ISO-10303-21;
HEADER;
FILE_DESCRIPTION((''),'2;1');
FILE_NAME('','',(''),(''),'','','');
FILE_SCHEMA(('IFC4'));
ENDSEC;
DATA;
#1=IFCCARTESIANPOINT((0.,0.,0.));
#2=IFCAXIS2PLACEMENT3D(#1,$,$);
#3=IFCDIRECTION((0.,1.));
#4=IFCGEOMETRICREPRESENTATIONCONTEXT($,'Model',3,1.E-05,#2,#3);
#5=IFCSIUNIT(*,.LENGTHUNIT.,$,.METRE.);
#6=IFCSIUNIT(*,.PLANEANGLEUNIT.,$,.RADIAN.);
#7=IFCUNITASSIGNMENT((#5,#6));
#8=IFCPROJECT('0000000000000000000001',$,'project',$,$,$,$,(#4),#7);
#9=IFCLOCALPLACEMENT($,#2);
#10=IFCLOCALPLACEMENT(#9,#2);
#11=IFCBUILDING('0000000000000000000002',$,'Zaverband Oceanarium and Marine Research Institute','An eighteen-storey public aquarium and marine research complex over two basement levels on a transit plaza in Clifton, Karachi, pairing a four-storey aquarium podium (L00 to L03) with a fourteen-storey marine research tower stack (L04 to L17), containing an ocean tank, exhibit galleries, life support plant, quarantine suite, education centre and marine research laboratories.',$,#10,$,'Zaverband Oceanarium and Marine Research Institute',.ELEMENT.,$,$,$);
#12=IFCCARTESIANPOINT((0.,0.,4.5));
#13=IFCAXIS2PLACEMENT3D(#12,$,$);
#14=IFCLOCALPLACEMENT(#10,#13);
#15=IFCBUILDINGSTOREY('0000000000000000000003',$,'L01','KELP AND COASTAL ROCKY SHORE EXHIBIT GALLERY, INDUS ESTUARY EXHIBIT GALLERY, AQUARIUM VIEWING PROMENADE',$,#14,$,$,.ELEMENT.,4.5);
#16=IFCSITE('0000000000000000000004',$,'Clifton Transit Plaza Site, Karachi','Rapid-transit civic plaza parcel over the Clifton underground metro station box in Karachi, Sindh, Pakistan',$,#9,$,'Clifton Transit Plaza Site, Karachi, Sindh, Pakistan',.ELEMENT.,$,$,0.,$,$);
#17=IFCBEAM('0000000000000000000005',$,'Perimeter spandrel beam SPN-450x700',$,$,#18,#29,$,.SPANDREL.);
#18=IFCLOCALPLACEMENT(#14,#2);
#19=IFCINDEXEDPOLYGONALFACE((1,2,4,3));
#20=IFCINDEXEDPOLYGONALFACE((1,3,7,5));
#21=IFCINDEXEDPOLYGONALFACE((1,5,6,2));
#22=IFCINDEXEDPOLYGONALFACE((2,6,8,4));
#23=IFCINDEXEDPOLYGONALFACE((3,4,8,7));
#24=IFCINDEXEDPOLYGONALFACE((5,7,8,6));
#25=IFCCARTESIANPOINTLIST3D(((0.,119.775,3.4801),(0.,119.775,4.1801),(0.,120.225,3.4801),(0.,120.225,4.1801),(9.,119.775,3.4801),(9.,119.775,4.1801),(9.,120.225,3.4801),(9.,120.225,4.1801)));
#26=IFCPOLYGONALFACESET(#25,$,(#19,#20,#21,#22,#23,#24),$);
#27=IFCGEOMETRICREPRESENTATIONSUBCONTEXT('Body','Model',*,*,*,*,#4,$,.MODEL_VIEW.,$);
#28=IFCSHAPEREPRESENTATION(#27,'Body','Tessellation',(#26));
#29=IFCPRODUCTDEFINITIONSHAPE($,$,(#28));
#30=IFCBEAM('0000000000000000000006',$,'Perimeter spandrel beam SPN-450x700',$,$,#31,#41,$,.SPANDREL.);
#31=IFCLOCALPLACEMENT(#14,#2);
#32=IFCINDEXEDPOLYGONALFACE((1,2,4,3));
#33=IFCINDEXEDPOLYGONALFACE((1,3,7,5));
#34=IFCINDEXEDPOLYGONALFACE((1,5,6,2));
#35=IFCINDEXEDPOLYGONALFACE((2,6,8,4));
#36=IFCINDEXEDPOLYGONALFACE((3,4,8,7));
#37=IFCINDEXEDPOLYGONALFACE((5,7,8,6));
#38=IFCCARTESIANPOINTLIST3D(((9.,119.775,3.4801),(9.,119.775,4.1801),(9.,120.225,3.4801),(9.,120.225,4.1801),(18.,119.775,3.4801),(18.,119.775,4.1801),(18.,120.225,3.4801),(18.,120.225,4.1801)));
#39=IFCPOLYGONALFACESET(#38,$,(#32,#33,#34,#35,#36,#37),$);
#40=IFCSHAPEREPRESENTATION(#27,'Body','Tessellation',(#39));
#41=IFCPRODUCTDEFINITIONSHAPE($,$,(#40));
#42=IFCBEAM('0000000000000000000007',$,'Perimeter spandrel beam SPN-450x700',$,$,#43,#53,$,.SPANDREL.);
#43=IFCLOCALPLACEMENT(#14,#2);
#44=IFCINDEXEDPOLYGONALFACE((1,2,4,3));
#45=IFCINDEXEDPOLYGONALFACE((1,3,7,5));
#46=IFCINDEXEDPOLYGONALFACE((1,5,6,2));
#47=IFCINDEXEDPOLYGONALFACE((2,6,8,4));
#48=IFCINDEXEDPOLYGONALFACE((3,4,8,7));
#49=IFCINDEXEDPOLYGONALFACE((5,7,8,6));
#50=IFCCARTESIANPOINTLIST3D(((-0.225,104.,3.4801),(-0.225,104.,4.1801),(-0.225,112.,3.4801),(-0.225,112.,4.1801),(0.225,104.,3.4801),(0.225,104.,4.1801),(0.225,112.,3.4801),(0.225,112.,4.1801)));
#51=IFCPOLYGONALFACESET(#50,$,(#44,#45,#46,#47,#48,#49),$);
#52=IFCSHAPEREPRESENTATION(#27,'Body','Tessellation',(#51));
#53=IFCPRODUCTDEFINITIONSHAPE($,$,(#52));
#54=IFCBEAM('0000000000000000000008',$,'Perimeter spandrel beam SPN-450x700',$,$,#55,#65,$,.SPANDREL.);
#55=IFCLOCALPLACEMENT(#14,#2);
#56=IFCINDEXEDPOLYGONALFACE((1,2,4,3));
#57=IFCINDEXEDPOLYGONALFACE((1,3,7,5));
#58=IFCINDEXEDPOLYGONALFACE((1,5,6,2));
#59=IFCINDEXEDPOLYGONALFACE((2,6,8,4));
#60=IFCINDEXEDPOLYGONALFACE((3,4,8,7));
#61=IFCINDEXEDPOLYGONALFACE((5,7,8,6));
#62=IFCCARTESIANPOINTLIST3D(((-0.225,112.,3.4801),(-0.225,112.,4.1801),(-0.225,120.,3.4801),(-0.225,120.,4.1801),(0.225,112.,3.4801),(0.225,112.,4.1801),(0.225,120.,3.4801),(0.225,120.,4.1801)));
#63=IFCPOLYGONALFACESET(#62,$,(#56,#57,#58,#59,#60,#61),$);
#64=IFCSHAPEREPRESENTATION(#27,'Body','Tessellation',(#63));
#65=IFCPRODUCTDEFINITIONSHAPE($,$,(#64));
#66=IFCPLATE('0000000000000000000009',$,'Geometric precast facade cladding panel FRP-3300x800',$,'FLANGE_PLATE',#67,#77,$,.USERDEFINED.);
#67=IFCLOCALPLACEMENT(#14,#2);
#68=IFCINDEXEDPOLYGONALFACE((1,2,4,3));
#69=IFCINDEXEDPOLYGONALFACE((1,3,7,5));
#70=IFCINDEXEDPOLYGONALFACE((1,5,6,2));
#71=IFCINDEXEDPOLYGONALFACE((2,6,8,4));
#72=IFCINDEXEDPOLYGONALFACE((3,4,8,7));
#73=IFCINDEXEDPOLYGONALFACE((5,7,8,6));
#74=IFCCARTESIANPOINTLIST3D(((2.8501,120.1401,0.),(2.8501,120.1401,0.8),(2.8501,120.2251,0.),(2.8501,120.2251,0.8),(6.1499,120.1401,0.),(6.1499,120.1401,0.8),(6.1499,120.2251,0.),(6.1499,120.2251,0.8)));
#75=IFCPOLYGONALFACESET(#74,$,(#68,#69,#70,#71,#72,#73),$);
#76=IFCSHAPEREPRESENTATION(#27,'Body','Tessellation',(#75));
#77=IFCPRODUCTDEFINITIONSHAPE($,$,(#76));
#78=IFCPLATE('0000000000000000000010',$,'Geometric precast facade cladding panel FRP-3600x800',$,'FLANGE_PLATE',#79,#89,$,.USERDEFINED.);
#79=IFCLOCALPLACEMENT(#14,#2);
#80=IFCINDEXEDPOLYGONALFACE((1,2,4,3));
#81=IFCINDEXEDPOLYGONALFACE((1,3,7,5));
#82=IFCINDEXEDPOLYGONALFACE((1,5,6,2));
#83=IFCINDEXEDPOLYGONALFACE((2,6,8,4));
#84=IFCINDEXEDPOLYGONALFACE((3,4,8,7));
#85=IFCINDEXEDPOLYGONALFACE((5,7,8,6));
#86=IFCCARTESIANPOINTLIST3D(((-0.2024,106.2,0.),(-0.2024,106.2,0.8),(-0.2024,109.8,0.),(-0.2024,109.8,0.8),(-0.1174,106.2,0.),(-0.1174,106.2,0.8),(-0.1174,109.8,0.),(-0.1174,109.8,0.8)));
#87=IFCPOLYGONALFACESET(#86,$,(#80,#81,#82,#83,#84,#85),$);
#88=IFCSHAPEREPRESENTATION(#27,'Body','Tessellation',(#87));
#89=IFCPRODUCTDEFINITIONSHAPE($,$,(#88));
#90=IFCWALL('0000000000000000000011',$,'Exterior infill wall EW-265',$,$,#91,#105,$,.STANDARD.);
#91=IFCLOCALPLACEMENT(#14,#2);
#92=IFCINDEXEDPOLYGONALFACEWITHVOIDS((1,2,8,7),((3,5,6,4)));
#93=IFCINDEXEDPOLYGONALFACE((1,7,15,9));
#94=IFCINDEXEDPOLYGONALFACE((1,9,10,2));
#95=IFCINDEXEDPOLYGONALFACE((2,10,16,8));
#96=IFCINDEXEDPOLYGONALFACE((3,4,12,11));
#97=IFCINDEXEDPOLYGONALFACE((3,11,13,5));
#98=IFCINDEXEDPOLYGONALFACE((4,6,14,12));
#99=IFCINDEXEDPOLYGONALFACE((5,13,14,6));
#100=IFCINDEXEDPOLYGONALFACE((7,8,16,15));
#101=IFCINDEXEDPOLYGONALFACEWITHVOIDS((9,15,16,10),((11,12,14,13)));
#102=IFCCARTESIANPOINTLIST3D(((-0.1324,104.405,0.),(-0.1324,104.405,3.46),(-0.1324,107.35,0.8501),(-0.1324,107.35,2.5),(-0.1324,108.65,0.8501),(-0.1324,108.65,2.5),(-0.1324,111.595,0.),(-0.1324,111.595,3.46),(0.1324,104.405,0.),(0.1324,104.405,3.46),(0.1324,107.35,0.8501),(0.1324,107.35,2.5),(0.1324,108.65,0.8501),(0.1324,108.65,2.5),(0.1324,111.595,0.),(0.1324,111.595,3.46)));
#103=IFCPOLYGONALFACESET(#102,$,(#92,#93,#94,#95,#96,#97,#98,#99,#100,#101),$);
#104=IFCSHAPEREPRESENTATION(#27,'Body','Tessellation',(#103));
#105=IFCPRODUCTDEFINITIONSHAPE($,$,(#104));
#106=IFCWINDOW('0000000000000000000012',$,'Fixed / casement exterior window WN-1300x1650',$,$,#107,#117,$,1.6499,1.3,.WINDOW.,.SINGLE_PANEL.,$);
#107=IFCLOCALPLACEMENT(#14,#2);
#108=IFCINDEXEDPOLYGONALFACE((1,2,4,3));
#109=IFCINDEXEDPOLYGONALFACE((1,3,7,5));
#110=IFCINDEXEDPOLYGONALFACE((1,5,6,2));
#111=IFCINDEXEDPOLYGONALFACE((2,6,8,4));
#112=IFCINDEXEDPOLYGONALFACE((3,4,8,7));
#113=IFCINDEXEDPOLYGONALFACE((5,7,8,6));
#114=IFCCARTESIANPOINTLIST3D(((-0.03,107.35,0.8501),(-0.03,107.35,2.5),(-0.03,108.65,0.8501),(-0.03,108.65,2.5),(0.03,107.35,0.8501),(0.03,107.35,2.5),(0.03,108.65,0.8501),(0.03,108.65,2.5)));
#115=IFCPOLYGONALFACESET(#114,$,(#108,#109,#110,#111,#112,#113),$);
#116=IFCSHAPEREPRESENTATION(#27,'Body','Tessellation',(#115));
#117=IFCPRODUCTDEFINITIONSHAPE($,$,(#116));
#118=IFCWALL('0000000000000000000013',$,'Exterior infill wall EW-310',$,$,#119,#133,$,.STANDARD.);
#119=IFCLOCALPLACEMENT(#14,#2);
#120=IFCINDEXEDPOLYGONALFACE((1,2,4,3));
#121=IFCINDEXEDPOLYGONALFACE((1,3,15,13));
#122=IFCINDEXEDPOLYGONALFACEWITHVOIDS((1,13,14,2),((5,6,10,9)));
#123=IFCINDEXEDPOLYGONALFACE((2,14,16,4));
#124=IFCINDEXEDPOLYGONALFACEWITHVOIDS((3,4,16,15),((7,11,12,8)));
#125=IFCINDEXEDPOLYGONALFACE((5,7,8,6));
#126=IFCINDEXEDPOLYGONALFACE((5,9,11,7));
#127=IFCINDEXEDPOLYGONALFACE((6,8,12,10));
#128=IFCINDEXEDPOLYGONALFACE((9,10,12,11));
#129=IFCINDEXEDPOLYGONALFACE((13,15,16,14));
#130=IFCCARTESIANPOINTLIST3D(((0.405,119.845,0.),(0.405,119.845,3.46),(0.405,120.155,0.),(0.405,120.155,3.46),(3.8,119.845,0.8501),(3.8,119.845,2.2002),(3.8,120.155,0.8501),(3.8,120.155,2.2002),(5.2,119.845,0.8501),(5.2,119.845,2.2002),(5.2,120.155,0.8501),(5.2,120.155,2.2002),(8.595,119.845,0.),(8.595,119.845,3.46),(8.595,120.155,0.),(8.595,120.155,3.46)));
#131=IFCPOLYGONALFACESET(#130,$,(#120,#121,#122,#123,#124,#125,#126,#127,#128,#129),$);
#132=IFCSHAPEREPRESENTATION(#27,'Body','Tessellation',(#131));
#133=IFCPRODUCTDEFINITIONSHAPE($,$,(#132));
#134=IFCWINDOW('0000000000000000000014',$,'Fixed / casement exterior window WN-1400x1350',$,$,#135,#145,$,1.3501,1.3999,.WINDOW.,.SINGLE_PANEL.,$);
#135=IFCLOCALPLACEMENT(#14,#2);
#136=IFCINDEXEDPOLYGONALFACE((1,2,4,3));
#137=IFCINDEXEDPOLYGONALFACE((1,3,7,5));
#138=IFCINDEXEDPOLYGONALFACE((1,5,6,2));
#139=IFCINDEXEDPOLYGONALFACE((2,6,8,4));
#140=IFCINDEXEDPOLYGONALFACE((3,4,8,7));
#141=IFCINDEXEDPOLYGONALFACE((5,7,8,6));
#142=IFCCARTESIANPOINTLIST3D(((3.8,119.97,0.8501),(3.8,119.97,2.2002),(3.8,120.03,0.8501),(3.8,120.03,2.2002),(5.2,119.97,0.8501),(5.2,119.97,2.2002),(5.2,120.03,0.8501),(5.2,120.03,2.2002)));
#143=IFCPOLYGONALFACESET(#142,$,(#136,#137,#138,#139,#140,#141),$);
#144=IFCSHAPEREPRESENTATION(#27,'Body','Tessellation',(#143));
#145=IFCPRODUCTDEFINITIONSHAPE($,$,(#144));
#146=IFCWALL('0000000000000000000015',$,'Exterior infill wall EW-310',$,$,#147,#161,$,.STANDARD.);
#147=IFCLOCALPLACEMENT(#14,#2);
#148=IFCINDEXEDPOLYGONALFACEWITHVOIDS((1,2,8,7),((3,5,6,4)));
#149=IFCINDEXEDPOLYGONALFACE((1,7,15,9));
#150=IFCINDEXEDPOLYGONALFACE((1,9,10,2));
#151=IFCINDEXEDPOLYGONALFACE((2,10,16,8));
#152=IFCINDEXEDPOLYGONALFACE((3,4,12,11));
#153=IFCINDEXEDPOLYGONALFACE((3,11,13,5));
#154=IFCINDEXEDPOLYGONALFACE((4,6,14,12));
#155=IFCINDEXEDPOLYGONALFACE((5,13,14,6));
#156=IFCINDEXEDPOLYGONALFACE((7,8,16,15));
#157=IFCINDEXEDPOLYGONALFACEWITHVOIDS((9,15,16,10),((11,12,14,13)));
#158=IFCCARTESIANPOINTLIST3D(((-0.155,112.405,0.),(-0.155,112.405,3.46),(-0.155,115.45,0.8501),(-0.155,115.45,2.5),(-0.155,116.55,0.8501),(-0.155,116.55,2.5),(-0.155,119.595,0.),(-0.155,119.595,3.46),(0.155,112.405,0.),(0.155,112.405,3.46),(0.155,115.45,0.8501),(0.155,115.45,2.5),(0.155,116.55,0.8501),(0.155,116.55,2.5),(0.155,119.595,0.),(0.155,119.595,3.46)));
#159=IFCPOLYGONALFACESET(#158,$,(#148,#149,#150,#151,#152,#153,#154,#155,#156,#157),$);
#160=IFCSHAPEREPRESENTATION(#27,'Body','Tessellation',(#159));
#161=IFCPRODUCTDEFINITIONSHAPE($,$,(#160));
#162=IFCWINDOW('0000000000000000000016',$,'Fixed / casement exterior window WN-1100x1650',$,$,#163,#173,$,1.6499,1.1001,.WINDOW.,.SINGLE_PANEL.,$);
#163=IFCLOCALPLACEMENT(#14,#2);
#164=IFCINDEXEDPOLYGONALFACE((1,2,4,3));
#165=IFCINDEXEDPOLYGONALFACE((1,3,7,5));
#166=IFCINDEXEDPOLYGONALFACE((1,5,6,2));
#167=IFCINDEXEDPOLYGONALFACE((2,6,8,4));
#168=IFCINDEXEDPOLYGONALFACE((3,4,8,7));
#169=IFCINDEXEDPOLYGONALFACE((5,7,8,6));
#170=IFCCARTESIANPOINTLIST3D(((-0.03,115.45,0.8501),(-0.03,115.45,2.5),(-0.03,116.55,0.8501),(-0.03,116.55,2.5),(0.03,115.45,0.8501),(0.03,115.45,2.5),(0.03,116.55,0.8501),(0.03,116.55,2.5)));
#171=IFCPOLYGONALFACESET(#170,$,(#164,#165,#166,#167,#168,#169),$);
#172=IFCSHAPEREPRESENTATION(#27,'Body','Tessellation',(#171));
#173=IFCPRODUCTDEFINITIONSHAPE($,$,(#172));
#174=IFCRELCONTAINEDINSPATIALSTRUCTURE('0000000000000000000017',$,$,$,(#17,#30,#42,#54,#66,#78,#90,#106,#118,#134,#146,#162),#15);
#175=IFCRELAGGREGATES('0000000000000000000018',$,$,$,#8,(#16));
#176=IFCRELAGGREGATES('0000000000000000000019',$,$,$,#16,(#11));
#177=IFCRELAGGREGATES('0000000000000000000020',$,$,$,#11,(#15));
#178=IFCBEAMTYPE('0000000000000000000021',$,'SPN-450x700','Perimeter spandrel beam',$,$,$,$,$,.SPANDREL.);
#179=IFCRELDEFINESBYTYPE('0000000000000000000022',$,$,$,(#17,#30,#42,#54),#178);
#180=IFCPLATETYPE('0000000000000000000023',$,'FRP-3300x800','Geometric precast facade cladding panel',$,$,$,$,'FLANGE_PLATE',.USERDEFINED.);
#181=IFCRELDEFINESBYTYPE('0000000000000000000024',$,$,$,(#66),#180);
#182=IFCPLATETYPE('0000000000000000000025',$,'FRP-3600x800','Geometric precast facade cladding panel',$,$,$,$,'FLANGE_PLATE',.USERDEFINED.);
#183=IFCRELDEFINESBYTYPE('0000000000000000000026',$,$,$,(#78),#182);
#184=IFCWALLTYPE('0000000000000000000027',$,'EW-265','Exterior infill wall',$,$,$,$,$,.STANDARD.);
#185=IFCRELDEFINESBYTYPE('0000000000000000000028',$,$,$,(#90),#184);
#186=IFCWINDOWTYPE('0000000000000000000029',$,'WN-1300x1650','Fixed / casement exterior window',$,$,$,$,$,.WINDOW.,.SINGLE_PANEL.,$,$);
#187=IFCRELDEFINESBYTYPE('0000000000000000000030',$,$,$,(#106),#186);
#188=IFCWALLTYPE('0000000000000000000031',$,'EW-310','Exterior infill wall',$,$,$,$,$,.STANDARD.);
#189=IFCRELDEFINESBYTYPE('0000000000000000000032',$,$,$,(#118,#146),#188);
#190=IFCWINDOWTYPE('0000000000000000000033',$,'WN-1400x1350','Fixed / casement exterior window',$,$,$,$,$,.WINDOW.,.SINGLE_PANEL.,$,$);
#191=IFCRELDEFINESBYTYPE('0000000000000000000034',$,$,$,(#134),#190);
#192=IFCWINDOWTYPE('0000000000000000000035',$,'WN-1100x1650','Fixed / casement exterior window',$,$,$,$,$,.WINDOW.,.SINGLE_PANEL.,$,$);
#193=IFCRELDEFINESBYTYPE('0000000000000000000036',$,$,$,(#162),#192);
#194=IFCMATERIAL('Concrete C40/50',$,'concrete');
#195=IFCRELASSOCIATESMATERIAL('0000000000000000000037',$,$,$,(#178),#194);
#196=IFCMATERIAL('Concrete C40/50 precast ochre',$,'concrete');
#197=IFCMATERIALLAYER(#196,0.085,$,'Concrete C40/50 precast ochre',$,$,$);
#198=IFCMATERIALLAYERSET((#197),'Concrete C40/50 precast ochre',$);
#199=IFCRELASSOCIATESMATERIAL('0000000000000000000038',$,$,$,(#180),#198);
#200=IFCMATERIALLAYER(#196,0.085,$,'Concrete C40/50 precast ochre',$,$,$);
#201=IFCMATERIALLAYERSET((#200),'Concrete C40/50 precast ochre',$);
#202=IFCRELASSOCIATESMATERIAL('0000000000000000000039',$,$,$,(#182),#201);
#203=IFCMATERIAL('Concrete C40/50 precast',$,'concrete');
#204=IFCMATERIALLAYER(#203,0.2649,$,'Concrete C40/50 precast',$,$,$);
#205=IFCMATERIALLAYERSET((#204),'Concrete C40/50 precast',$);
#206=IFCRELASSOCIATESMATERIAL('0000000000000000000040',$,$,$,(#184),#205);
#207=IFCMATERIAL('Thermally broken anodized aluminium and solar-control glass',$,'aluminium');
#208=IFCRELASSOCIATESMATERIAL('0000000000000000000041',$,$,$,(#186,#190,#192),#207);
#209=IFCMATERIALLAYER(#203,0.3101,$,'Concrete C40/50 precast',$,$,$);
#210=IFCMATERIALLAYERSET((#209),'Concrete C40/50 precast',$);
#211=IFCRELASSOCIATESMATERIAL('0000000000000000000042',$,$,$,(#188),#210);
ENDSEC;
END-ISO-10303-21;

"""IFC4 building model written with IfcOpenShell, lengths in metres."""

from ifc_helpers import new_model, si_unit, direction, frame, frame_2d, origin, origin_2d, place, context, subcontext, project, spatial, rectangle, extrude, material, layer, layer_set, material_profile, profile_set, type_object, element, fill, save


model = new_model("IFC4")

# Units and contexts
model_context = context("Model", 3, precision=1e-05, world=origin(), true_north=direction((0.0, 1.0)))
body_context = subcontext(model_context, "Body", "Model", "MODEL_VIEW")
ifc_project = project(units=[si_unit("LENGTHUNIT", "METRE"), si_unit("PLANEANGLEUNIT", "RADIAN")], contexts=[model_context])

# Site, building, storey
site_placement = place(None, origin())
site = spatial("IfcSite", under=ifc_project, at=site_placement, Name="Clifton Transit Plaza Site, Karachi", Description="Rapid-transit civic plaza parcel over the Clifton underground metro station box in Karachi, Sindh, Pakistan", LongName="Clifton Transit Plaza Site, Karachi, Sindh, Pakistan", CompositionType="ELEMENT", RefElevation=0.0)
building_placement = place(site_placement, origin())
building = spatial("IfcBuilding", under=site, at=building_placement, Name="Zaverband Oceanarium and Marine Research Institute", Description="An eighteen-storey public aquarium and marine research complex over two basement levels on a transit plaza in Clifton, Karachi, pairing a four-storey aquarium podium (L00 to L03) with a fourteen-storey marine research tower stack (L04 to L17), containing an ocean tank, exhibit galleries, life support plant, quarantine suite, education centre and marine research laboratories.", LongName="Zaverband Oceanarium and Marine Research Institute", CompositionType="ELEMENT")
storey_placement = place(building_placement, frame((0.0, 0.0, 4.5)))
storey = spatial("IfcBuildingStorey", under=building, at=storey_placement, Name="L01", Description="KELP AND COASTAL ROCKY SHORE EXHIBIT GALLERY, INDUS ESTUARY EXHIBIT GALLERY, AQUARIUM VIEWING PROMENADE", CompositionType="ELEMENT", Elevation=4.5)

# Beams
ifc_material_1 = material(Name="Concrete C40/50", Category="concrete")
ifc_material_profile_1 = material_profile(ifc_material_1, rectangle(XDim=0.45, YDim=0.7, at=origin_2d()), Name="RC450x700")
ifc_profile_set_1 = profile_set([ifc_material_profile_1], Name="Concrete C40/50")
beam_type_1 = type_object("IfcBeamType", Name="SPN-450x700", Description="Perimeter spandrel beam", PredefinedType="SPANDREL", material=ifc_profile_set_1)
for number, where, z_axis, x_axis, name in (
    (1, (0.0, 120.0, 3.8301), (1.0, 0.0, 0.0), (0.0, 1.0, 0.0), "Perimeter spandrel beam SPN-450x700"),
    (2, (9.0, 120.0, 3.8301), (1.0, 0.0, 0.0), (0.0, 1.0, 0.0), "Perimeter spandrel beam SPN-450x700"),
):
    element("IfcBeam", number, at=place(storey_placement, frame(where, z_axis=z_axis, x_axis=x_axis)), inside=storey, type_object=beam_type_1, Name=name, PredefinedType="SPANDREL", context=body_context, shape_type="SweptSolid", body=[
        extrude(rectangle(XDim=0.45, YDim=0.7, at=origin_2d()), origin(), (0.0, 0.0, 1.0), 9.0),
    ])
for number, where, z_axis, x_axis, name in (
    (3, (0.0, 104.0, 3.8301), (0.0, 1.0, 0.0), (-1.0, 0.0, 0.0), "Perimeter spandrel beam SPN-450x700"),
    (4, (0.0, 112.0, 3.8301), (0.0, 1.0, 0.0), (-1.0, 0.0, 0.0), "Perimeter spandrel beam SPN-450x700"),
):
    element("IfcBeam", number, at=place(storey_placement, frame(where, z_axis=z_axis, x_axis=x_axis)), inside=storey, type_object=beam_type_1, Name=name, PredefinedType="SPANDREL", context=body_context, shape_type="SweptSolid", body=[
        extrude(rectangle(XDim=0.45, YDim=0.7, at=origin_2d()), origin(), (0.0, 0.0, 1.0), 8.0),
    ])

# Plates
ifc_material_2 = material(Name="Concrete C40/50 precast ochre", Category="concrete")
ifc_layer_1 = layer(ifc_material_2, 0.085, Name="Concrete C40/50 precast ochre")
ifc_layer_set_1 = layer_set([ifc_layer_1], Name="Concrete C40/50 precast ochre")
plate_type_1 = type_object("IfcPlateType", Name="FRP-3300x800", Description="Geometric precast facade cladding panel", ElementType="FLANGE_PLATE", PredefinedType="USERDEFINED", material=ifc_layer_set_1)
plate_1_placement = place(storey_placement, frame((2.8501, 120.1826, 0.0), z_axis=(0.0, 0.0, 1.0), x_axis=(1.0, 0.0, 0.0)))
element("IfcPlate", 5, at=plate_1_placement, inside=storey, type_object=plate_type_1, Name="Geometric precast facade cladding panel FRP-3300x800", ObjectType="FLANGE_PLATE", PredefinedType="USERDEFINED", context=body_context, shape_type="SweptSolid", body=[
    extrude(rectangle(XDim=3.2998, YDim=0.085, at=frame_2d((1.6499, 0.0))), origin(), (0.0, 0.0, 1.0), 0.8),
])
ifc_layer_2 = layer(ifc_material_2, 0.085, Name="Concrete C40/50 precast ochre")
ifc_layer_set_2 = layer_set([ifc_layer_2], Name="Concrete C40/50 precast ochre")
plate_type_2 = type_object("IfcPlateType", Name="FRP-3600x800", Description="Geometric precast facade cladding panel", ElementType="FLANGE_PLATE", PredefinedType="USERDEFINED", material=ifc_layer_set_2)
plate_2_placement = place(storey_placement, frame((-0.1599, 106.2, 0.0), z_axis=(0.0, 0.0, 1.0), x_axis=(0.0, 1.0, 0.0)))
element("IfcPlate", 6, at=plate_2_placement, inside=storey, type_object=plate_type_2, Name="Geometric precast facade cladding panel FRP-3600x800", ObjectType="FLANGE_PLATE", PredefinedType="USERDEFINED", context=body_context, shape_type="SweptSolid", body=[
    extrude(rectangle(XDim=3.6001, YDim=0.085, at=frame_2d((1.8, 0.0))), origin(), (0.0, 0.0, 1.0), 0.8),
])

# Walls, openings, windows
ifc_material_3 = material(Name="Concrete C40/50 precast", Category="concrete")
ifc_layer_3 = layer(ifc_material_3, 0.2649, Name="Concrete C40/50 precast")
ifc_layer_set_3 = layer_set([ifc_layer_3], Name="Concrete C40/50 precast")
wall_type_1 = type_object("IfcWallType", Name="EW-265", Description="Exterior infill wall", PredefinedType="STANDARD", material=ifc_layer_set_3)
wall_1_placement = place(storey_placement, frame((0.0, 104.405, 0.0), z_axis=(0.0, 0.0, 1.0), x_axis=(0.0, 1.0, 0.0)))
wall_1 = element("IfcWall", 7, at=wall_1_placement, inside=storey, type_object=wall_type_1, Name="Exterior infill wall EW-265", PredefinedType="STANDARD", context=body_context, shape_type="SweptSolid", body=[
    extrude(rectangle(XDim=7.1899, YDim=0.2649, at=frame_2d((3.595, 0.0))), origin(), (0.0, 0.0, 1.0), 3.46),
])
opening_1_placement = place(wall_1_placement, frame((2.9451, 0.0, 0.8501)))
opening_1 = element("IfcOpeningElement", 8, at=opening_1_placement, cuts=wall_1, PredefinedType="OPENING", context=body_context, shape_type="SweptSolid", body=[
    extrude(rectangle(XDim=1.3, YDim=1.6499, at=frame_2d((0.6499, 0.825))), frame((0.0, 0.1445, 0.0), z_axis=(0.0, -1.0, 0.0), x_axis=(1.0, 0.0, 0.0)), (0.0, 0.0, 1.0), 0.2888),
])
ifc_material_4 = material(Name="Thermally broken anodized aluminium and solar-control glass", Category="aluminium")
window_type_1 = type_object("IfcWindowType", Name="WN-1300x1650", Description="Fixed / casement exterior window", PartitioningType="SINGLE_PANEL", PredefinedType="WINDOW", material=ifc_material_4)
window_1_placement = place(opening_1_placement, origin())
window_1 = element("IfcWindow", 9, at=window_1_placement, inside=storey, type_object=window_type_1, Name="Fixed / casement exterior window WN-1300x1650", OverallHeight=1.6499, OverallWidth=1.3, PartitioningType="SINGLE_PANEL", PredefinedType="WINDOW", context=body_context, shape_type="SweptSolid", body=[
    extrude(rectangle(XDim=1.3, YDim=1.6499, at=frame_2d((0.6499, 0.825))), frame((0.0, 0.03, 0.0), z_axis=(0.0, -1.0, 0.0), x_axis=(1.0, 0.0, 0.0)), (0.0, 0.0, 1.0), 0.0601),
])
fill(opening_1, window_1)
ifc_layer_4 = layer(ifc_material_3, 0.3101, Name="Concrete C40/50 precast")
ifc_layer_set_4 = layer_set([ifc_layer_4], Name="Concrete C40/50 precast")
wall_type_2 = type_object("IfcWallType", Name="EW-310", Description="Exterior infill wall", PredefinedType="STANDARD", material=ifc_layer_set_4)
wall_2_placement = place(storey_placement, frame((0.405, 120.0, 0.0), z_axis=(0.0, 0.0, 1.0), x_axis=(1.0, 0.0, 0.0)))
wall_2 = element("IfcWall", 10, at=wall_2_placement, inside=storey, type_object=wall_type_2, Name="Exterior infill wall EW-310", PredefinedType="STANDARD", context=body_context, shape_type="SweptSolid", body=[
    extrude(rectangle(XDim=8.1899, YDim=0.3101, at=frame_2d((4.095, 0.0))), origin(), (0.0, 0.0, 1.0), 3.46),
])
opening_2_placement = place(wall_2_placement, frame((3.395, 0.0, 0.8501)))
opening_2 = element("IfcOpeningElement", 11, at=opening_2_placement, cuts=wall_2, PredefinedType="OPENING", context=body_context, shape_type="SweptSolid", body=[
    extrude(rectangle(XDim=1.3999, YDim=1.3501, at=frame_2d((0.7, 0.675))), frame((0.0, 0.167, 0.0), z_axis=(0.0, -1.0, 0.0), x_axis=(1.0, 0.0, 0.0)), (0.0, 0.0, 1.0), 0.334),
])
window_type_2 = type_object("IfcWindowType", Name="WN-1400x1350", Description="Fixed / casement exterior window", PartitioningType="SINGLE_PANEL", PredefinedType="WINDOW", material=ifc_material_4)
window_2_placement = place(opening_2_placement, origin())
window_2 = element("IfcWindow", 12, at=window_2_placement, inside=storey, type_object=window_type_2, Name="Fixed / casement exterior window WN-1400x1350", OverallHeight=1.3501, OverallWidth=1.3999, PartitioningType="SINGLE_PANEL", PredefinedType="WINDOW", context=body_context, shape_type="SweptSolid", body=[
    extrude(rectangle(XDim=1.3999, YDim=1.3501, at=frame_2d((0.7, 0.675))), frame((0.0, 0.03, 0.0), z_axis=(0.0, -1.0, 0.0), x_axis=(1.0, 0.0, 0.0)), (0.0, 0.0, 1.0), 0.0601),
])
fill(opening_2, window_2)
wall_3_placement = place(storey_placement, frame((0.0, 112.405, 0.0), z_axis=(0.0, 0.0, 1.0), x_axis=(0.0, 1.0, 0.0)))
wall_3 = element("IfcWall", 13, at=wall_3_placement, inside=storey, type_object=wall_type_2, Name="Exterior infill wall EW-310", PredefinedType="STANDARD", context=body_context, shape_type="SweptSolid", body=[
    extrude(rectangle(XDim=7.1899, YDim=0.3101, at=frame_2d((3.595, 0.0))), origin(), (0.0, 0.0, 1.0), 3.46),
])
opening_3_placement = place(wall_3_placement, frame((3.0449, 0.0, 0.8501)))
opening_3 = element("IfcOpeningElement", 14, at=opening_3_placement, cuts=wall_3, PredefinedType="OPENING", context=body_context, shape_type="SweptSolid", body=[
    extrude(rectangle(XDim=1.1001, YDim=1.6499, at=frame_2d((0.55, 0.825))), frame((0.0, 0.167, 0.0), z_axis=(0.0, -1.0, 0.0), x_axis=(1.0, 0.0, 0.0)), (0.0, 0.0, 1.0), 0.334),
])
window_type_3 = type_object("IfcWindowType", Name="WN-1100x1650", Description="Fixed / casement exterior window", PartitioningType="SINGLE_PANEL", PredefinedType="WINDOW", material=ifc_material_4)
window_3_placement = place(opening_3_placement, origin())
window_3 = element("IfcWindow", 15, at=window_3_placement, inside=storey, type_object=window_type_3, Name="Fixed / casement exterior window WN-1100x1650", OverallHeight=1.6499, OverallWidth=1.1001, PartitioningType="SINGLE_PANEL", PredefinedType="WINDOW", context=body_context, shape_type="SweptSolid", body=[
    extrude(rectangle(XDim=1.1001, YDim=1.6499, at=frame_2d((0.55, 0.825))), frame((0.0, 0.03, 0.0), z_axis=(0.0, -1.0, 0.0), x_axis=(1.0, 0.0, 0.0)), (0.0, 0.0, 1.0), 0.0601),
])
fill(opening_3, window_3)

save(model, "model.ifc")
